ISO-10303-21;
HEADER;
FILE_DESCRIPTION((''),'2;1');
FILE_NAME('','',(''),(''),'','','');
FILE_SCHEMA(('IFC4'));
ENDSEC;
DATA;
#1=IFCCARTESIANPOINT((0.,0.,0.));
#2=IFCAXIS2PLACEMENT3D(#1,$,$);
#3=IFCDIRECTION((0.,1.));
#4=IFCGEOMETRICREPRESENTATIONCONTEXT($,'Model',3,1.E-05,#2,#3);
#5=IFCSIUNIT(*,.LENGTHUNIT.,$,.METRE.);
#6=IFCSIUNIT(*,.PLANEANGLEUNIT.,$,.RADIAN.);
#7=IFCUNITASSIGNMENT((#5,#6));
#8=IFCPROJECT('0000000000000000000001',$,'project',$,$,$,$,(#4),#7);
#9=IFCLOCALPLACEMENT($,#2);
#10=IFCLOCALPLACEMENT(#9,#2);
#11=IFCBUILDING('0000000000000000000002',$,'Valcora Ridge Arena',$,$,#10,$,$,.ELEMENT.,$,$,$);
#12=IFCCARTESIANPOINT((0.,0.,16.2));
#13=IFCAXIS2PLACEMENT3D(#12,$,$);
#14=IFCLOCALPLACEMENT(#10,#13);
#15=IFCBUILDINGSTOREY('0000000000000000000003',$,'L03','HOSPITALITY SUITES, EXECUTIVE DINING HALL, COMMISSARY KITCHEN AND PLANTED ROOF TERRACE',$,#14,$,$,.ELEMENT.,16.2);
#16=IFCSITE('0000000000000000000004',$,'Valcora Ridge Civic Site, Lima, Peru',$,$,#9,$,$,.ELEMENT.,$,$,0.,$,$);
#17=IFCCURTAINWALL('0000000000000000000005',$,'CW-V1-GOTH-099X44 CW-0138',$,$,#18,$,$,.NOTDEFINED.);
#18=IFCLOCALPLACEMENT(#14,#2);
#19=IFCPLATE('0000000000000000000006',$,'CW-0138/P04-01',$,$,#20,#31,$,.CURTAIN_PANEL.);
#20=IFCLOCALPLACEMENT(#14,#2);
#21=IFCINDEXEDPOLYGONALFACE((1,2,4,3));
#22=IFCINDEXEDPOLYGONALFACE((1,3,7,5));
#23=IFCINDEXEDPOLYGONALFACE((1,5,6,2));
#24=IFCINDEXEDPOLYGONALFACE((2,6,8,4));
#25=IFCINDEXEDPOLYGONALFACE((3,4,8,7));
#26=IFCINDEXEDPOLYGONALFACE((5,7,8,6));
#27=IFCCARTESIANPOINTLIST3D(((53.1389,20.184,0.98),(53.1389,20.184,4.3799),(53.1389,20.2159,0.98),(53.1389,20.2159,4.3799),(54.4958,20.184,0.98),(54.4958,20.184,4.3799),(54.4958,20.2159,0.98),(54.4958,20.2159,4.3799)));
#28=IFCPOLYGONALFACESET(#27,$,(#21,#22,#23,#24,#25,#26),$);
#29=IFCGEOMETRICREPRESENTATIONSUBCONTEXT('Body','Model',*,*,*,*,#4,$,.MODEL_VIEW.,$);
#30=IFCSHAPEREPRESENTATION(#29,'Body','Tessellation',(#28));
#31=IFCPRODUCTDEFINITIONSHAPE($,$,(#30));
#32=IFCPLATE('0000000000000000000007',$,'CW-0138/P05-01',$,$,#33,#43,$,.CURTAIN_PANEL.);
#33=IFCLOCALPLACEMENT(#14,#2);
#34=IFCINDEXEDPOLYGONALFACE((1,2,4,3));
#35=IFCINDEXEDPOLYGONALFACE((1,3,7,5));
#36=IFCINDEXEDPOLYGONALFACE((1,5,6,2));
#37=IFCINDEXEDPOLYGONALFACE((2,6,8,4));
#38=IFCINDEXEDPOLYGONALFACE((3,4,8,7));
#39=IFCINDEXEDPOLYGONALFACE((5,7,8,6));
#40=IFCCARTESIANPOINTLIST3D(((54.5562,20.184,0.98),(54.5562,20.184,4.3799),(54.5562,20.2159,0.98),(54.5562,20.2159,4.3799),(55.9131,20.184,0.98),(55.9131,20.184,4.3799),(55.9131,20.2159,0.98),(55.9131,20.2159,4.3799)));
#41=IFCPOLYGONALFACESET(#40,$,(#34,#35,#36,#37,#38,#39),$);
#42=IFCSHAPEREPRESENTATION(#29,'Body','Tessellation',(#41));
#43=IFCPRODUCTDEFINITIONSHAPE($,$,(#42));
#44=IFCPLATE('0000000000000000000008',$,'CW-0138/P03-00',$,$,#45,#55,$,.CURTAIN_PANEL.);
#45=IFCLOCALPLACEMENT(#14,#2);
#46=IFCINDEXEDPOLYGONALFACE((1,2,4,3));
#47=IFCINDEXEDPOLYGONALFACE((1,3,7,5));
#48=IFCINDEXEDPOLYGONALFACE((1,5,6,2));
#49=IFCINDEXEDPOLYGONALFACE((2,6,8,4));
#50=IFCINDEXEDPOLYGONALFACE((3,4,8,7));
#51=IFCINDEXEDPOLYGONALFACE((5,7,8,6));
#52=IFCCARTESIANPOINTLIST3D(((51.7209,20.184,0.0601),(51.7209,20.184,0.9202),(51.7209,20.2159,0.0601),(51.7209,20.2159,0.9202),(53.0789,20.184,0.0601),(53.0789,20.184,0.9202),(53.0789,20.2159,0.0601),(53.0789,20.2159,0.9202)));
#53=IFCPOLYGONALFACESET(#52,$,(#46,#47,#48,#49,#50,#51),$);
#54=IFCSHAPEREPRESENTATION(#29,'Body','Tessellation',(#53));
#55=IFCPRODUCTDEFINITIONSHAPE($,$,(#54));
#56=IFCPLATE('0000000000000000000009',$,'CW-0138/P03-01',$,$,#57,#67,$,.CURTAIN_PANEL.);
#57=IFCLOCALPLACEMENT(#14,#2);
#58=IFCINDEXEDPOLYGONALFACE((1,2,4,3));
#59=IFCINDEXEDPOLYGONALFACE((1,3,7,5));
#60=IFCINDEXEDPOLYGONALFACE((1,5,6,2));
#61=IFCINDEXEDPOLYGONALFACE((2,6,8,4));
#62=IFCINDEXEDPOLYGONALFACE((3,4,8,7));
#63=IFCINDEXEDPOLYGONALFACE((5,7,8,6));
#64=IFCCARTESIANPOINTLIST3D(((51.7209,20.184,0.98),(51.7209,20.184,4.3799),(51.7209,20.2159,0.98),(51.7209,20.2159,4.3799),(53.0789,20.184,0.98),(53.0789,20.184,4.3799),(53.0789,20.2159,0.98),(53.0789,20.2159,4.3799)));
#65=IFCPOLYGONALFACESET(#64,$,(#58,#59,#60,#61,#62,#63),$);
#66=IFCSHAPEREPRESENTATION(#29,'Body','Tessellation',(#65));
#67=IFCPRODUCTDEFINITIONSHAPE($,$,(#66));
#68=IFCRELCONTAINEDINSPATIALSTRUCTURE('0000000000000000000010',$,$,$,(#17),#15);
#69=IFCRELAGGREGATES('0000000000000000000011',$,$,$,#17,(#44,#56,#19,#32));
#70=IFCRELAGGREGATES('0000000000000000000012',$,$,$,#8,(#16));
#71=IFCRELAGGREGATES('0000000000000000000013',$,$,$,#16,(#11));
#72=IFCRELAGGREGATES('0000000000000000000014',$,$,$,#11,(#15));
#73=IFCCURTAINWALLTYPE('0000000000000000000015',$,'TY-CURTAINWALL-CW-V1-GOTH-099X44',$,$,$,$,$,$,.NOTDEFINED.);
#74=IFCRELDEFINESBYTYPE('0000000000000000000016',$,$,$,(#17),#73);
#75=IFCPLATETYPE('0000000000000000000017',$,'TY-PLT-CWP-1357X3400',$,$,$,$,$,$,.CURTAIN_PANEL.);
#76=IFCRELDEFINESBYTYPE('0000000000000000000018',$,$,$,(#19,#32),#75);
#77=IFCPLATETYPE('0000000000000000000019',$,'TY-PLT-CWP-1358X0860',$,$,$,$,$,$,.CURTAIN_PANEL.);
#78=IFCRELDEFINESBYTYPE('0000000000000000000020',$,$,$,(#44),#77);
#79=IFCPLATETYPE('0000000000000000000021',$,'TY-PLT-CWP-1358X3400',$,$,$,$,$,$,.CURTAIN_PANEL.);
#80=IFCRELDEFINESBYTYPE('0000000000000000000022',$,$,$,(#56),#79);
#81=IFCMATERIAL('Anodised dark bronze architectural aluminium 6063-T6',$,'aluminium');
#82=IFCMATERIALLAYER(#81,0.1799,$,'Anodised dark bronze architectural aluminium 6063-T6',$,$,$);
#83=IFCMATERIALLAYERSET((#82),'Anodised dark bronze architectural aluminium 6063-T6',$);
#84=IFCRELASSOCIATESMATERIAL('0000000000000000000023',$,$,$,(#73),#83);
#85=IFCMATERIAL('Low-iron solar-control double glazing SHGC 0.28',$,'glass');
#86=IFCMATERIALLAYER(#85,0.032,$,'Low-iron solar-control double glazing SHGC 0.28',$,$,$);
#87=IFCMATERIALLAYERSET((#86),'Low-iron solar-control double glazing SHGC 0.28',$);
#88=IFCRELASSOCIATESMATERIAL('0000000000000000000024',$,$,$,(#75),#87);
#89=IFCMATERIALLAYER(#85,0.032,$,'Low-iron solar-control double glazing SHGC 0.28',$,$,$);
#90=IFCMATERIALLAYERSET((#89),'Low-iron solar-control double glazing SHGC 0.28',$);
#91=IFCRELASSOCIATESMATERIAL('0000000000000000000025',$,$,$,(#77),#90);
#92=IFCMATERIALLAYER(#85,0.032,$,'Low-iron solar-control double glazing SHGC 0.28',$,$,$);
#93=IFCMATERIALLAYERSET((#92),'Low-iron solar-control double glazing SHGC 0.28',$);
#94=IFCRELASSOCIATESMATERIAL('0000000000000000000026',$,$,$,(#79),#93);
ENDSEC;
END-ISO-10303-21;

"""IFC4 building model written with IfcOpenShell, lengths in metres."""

from ifc_helpers import new_model, si_unit, direction, frame, origin, origin_2d, place, context, subcontext, project, spatial, rectangle, extrude, material, layer, layer_set, type_object, element, aggregate, save


model = new_model("IFC4")

# Units and contexts
model_context = context("Model", 3, precision=1e-05, world=origin(), true_north=direction((0.0, 1.0)))
body_context = subcontext(model_context, "Body", "Model", "MODEL_VIEW")
ifc_project = project(units=[si_unit("LENGTHUNIT", "METRE"), si_unit("PLANEANGLEUNIT", "RADIAN")], contexts=[model_context])

# Site, building, storey
site_placement = place(None, origin())
site = spatial("IfcSite", under=ifc_project, at=site_placement, Name="Valcora Ridge Civic Site, Lima, Peru", CompositionType="ELEMENT", RefElevation=0.0)
building_placement = place(site_placement, origin())
building = spatial("IfcBuilding", under=site, at=building_placement, Name="Valcora Ridge Arena", CompositionType="ELEMENT")
storey_placement = place(building_placement, frame((0.0, 0.0, 16.2)))
storey = spatial("IfcBuildingStorey", under=building, at=storey_placement, Name="L03", Description="HOSPITALITY SUITES, EXECUTIVE DINING HALL, COMMISSARY KITCHEN AND PLANTED ROOF TERRACE", CompositionType="ELEMENT", Elevation=16.2)

# Curtain wall
ifc_material_1 = material(Name="Anodised dark bronze architectural aluminium 6063-T6", Category="aluminium")
ifc_layer_1 = layer(ifc_material_1, 0.1799, Name="Anodised dark bronze architectural aluminium 6063-T6")
ifc_layer_set_1 = layer_set([ifc_layer_1], Name="Anodised dark bronze architectural aluminium 6063-T6")
curtain_wall_type_1 = type_object("IfcCurtainWallType", Name="TY-CURTAINWALL-CW-V1-GOTH-099X44", PredefinedType="NOTDEFINED", material=ifc_layer_set_1)
curtain_wall_1_placement = place(storey_placement, origin())
curtain_wall_1 = element("IfcCurtainWall", 1, at=curtain_wall_1_placement, inside=storey, type_object=curtain_wall_type_1, Name="CW-V1-GOTH-099X44 CW-0138", PredefinedType="NOTDEFINED")

# Plates
ifc_material_2 = material(Name="Low-iron solar-control double glazing SHGC 0.28", Category="glass")
ifc_layer_2 = layer(ifc_material_2, 0.032, Name="Low-iron solar-control double glazing SHGC 0.28")
ifc_layer_set_2 = layer_set([ifc_layer_2], Name="Low-iron solar-control double glazing SHGC 0.28")
plate_type_1 = type_object("IfcPlateType", Name="TY-PLT-CWP-1357X3400", PredefinedType="CURTAIN_PANEL", material=ifc_layer_set_2)
plate_1_placement = place(storey_placement, frame((53.8174, 20.2, 0.98), z_axis=(0.0, 0.0, 1.0), x_axis=(1.0, 0.0, 0.0)))
plate_1 = element("IfcPlate", 2, at=plate_1_placement, type_object=plate_type_1, Name="CW-0138/P04-01", PredefinedType="CURTAIN_PANEL", context=body_context, shape_type="SweptSolid", body=[
    extrude(rectangle(XDim=1.3569, YDim=0.032, at=origin_2d()), origin(), (0.0, 0.0, 1.0), 3.3999),
])
plate_2_placement = place(storey_placement, frame((55.2346, 20.2, 0.98), z_axis=(0.0, 0.0, 1.0), x_axis=(1.0, 0.0, 0.0)))
plate_2 = element("IfcPlate", 3, at=plate_2_placement, type_object=plate_type_1, Name="CW-0138/P05-01", PredefinedType="CURTAIN_PANEL", context=body_context, shape_type="SweptSolid", body=[
    extrude(rectangle(XDim=1.3569, YDim=0.032, at=origin_2d()), origin(), (0.0, 0.0, 1.0), 3.3999),
])
ifc_layer_3 = layer(ifc_material_2, 0.032, Name="Low-iron solar-control double glazing SHGC 0.28")
ifc_layer_set_3 = layer_set([ifc_layer_3], Name="Low-iron solar-control double glazing SHGC 0.28")
plate_type_2 = type_object("IfcPlateType", Name="TY-PLT-CWP-1358X0860", PredefinedType="CURTAIN_PANEL", material=ifc_layer_set_3)
plate_3_placement = place(storey_placement, frame((52.3999, 20.2, 0.0601), z_axis=(0.0, 0.0, 1.0), x_axis=(1.0, 0.0, 0.0)))
plate_3 = element("IfcPlate", 4, at=plate_3_placement, type_object=plate_type_2, Name="CW-0138/P03-00", PredefinedType="CURTAIN_PANEL", context=body_context, shape_type="SweptSolid", body=[
    extrude(rectangle(XDim=1.3579, YDim=0.032, at=origin_2d()), origin(), (0.0, 0.0, 1.0), 0.8601),
])
ifc_layer_4 = layer(ifc_material_2, 0.032, Name="Low-iron solar-control double glazing SHGC 0.28")
ifc_layer_set_4 = layer_set([ifc_layer_4], Name="Low-iron solar-control double glazing SHGC 0.28")
plate_type_3 = type_object("IfcPlateType", Name="TY-PLT-CWP-1358X3400", PredefinedType="CURTAIN_PANEL", material=ifc_layer_set_4)
plate_4_placement = place(storey_placement, frame((52.3999, 20.2, 0.98), z_axis=(0.0, 0.0, 1.0), x_axis=(1.0, 0.0, 0.0)))
plate_4 = element("IfcPlate", 5, at=plate_4_placement, type_object=plate_type_3, Name="CW-0138/P03-01", PredefinedType="CURTAIN_PANEL", context=body_context, shape_type="SweptSolid", body=[
    extrude(rectangle(XDim=1.3579, YDim=0.032, at=origin_2d()), origin(), (0.0, 0.0, 1.0), 3.3999),
])
aggregate(curtain_wall_1, [plate_3, plate_4, plate_1, plate_2])

save(model, "model.ifc")
